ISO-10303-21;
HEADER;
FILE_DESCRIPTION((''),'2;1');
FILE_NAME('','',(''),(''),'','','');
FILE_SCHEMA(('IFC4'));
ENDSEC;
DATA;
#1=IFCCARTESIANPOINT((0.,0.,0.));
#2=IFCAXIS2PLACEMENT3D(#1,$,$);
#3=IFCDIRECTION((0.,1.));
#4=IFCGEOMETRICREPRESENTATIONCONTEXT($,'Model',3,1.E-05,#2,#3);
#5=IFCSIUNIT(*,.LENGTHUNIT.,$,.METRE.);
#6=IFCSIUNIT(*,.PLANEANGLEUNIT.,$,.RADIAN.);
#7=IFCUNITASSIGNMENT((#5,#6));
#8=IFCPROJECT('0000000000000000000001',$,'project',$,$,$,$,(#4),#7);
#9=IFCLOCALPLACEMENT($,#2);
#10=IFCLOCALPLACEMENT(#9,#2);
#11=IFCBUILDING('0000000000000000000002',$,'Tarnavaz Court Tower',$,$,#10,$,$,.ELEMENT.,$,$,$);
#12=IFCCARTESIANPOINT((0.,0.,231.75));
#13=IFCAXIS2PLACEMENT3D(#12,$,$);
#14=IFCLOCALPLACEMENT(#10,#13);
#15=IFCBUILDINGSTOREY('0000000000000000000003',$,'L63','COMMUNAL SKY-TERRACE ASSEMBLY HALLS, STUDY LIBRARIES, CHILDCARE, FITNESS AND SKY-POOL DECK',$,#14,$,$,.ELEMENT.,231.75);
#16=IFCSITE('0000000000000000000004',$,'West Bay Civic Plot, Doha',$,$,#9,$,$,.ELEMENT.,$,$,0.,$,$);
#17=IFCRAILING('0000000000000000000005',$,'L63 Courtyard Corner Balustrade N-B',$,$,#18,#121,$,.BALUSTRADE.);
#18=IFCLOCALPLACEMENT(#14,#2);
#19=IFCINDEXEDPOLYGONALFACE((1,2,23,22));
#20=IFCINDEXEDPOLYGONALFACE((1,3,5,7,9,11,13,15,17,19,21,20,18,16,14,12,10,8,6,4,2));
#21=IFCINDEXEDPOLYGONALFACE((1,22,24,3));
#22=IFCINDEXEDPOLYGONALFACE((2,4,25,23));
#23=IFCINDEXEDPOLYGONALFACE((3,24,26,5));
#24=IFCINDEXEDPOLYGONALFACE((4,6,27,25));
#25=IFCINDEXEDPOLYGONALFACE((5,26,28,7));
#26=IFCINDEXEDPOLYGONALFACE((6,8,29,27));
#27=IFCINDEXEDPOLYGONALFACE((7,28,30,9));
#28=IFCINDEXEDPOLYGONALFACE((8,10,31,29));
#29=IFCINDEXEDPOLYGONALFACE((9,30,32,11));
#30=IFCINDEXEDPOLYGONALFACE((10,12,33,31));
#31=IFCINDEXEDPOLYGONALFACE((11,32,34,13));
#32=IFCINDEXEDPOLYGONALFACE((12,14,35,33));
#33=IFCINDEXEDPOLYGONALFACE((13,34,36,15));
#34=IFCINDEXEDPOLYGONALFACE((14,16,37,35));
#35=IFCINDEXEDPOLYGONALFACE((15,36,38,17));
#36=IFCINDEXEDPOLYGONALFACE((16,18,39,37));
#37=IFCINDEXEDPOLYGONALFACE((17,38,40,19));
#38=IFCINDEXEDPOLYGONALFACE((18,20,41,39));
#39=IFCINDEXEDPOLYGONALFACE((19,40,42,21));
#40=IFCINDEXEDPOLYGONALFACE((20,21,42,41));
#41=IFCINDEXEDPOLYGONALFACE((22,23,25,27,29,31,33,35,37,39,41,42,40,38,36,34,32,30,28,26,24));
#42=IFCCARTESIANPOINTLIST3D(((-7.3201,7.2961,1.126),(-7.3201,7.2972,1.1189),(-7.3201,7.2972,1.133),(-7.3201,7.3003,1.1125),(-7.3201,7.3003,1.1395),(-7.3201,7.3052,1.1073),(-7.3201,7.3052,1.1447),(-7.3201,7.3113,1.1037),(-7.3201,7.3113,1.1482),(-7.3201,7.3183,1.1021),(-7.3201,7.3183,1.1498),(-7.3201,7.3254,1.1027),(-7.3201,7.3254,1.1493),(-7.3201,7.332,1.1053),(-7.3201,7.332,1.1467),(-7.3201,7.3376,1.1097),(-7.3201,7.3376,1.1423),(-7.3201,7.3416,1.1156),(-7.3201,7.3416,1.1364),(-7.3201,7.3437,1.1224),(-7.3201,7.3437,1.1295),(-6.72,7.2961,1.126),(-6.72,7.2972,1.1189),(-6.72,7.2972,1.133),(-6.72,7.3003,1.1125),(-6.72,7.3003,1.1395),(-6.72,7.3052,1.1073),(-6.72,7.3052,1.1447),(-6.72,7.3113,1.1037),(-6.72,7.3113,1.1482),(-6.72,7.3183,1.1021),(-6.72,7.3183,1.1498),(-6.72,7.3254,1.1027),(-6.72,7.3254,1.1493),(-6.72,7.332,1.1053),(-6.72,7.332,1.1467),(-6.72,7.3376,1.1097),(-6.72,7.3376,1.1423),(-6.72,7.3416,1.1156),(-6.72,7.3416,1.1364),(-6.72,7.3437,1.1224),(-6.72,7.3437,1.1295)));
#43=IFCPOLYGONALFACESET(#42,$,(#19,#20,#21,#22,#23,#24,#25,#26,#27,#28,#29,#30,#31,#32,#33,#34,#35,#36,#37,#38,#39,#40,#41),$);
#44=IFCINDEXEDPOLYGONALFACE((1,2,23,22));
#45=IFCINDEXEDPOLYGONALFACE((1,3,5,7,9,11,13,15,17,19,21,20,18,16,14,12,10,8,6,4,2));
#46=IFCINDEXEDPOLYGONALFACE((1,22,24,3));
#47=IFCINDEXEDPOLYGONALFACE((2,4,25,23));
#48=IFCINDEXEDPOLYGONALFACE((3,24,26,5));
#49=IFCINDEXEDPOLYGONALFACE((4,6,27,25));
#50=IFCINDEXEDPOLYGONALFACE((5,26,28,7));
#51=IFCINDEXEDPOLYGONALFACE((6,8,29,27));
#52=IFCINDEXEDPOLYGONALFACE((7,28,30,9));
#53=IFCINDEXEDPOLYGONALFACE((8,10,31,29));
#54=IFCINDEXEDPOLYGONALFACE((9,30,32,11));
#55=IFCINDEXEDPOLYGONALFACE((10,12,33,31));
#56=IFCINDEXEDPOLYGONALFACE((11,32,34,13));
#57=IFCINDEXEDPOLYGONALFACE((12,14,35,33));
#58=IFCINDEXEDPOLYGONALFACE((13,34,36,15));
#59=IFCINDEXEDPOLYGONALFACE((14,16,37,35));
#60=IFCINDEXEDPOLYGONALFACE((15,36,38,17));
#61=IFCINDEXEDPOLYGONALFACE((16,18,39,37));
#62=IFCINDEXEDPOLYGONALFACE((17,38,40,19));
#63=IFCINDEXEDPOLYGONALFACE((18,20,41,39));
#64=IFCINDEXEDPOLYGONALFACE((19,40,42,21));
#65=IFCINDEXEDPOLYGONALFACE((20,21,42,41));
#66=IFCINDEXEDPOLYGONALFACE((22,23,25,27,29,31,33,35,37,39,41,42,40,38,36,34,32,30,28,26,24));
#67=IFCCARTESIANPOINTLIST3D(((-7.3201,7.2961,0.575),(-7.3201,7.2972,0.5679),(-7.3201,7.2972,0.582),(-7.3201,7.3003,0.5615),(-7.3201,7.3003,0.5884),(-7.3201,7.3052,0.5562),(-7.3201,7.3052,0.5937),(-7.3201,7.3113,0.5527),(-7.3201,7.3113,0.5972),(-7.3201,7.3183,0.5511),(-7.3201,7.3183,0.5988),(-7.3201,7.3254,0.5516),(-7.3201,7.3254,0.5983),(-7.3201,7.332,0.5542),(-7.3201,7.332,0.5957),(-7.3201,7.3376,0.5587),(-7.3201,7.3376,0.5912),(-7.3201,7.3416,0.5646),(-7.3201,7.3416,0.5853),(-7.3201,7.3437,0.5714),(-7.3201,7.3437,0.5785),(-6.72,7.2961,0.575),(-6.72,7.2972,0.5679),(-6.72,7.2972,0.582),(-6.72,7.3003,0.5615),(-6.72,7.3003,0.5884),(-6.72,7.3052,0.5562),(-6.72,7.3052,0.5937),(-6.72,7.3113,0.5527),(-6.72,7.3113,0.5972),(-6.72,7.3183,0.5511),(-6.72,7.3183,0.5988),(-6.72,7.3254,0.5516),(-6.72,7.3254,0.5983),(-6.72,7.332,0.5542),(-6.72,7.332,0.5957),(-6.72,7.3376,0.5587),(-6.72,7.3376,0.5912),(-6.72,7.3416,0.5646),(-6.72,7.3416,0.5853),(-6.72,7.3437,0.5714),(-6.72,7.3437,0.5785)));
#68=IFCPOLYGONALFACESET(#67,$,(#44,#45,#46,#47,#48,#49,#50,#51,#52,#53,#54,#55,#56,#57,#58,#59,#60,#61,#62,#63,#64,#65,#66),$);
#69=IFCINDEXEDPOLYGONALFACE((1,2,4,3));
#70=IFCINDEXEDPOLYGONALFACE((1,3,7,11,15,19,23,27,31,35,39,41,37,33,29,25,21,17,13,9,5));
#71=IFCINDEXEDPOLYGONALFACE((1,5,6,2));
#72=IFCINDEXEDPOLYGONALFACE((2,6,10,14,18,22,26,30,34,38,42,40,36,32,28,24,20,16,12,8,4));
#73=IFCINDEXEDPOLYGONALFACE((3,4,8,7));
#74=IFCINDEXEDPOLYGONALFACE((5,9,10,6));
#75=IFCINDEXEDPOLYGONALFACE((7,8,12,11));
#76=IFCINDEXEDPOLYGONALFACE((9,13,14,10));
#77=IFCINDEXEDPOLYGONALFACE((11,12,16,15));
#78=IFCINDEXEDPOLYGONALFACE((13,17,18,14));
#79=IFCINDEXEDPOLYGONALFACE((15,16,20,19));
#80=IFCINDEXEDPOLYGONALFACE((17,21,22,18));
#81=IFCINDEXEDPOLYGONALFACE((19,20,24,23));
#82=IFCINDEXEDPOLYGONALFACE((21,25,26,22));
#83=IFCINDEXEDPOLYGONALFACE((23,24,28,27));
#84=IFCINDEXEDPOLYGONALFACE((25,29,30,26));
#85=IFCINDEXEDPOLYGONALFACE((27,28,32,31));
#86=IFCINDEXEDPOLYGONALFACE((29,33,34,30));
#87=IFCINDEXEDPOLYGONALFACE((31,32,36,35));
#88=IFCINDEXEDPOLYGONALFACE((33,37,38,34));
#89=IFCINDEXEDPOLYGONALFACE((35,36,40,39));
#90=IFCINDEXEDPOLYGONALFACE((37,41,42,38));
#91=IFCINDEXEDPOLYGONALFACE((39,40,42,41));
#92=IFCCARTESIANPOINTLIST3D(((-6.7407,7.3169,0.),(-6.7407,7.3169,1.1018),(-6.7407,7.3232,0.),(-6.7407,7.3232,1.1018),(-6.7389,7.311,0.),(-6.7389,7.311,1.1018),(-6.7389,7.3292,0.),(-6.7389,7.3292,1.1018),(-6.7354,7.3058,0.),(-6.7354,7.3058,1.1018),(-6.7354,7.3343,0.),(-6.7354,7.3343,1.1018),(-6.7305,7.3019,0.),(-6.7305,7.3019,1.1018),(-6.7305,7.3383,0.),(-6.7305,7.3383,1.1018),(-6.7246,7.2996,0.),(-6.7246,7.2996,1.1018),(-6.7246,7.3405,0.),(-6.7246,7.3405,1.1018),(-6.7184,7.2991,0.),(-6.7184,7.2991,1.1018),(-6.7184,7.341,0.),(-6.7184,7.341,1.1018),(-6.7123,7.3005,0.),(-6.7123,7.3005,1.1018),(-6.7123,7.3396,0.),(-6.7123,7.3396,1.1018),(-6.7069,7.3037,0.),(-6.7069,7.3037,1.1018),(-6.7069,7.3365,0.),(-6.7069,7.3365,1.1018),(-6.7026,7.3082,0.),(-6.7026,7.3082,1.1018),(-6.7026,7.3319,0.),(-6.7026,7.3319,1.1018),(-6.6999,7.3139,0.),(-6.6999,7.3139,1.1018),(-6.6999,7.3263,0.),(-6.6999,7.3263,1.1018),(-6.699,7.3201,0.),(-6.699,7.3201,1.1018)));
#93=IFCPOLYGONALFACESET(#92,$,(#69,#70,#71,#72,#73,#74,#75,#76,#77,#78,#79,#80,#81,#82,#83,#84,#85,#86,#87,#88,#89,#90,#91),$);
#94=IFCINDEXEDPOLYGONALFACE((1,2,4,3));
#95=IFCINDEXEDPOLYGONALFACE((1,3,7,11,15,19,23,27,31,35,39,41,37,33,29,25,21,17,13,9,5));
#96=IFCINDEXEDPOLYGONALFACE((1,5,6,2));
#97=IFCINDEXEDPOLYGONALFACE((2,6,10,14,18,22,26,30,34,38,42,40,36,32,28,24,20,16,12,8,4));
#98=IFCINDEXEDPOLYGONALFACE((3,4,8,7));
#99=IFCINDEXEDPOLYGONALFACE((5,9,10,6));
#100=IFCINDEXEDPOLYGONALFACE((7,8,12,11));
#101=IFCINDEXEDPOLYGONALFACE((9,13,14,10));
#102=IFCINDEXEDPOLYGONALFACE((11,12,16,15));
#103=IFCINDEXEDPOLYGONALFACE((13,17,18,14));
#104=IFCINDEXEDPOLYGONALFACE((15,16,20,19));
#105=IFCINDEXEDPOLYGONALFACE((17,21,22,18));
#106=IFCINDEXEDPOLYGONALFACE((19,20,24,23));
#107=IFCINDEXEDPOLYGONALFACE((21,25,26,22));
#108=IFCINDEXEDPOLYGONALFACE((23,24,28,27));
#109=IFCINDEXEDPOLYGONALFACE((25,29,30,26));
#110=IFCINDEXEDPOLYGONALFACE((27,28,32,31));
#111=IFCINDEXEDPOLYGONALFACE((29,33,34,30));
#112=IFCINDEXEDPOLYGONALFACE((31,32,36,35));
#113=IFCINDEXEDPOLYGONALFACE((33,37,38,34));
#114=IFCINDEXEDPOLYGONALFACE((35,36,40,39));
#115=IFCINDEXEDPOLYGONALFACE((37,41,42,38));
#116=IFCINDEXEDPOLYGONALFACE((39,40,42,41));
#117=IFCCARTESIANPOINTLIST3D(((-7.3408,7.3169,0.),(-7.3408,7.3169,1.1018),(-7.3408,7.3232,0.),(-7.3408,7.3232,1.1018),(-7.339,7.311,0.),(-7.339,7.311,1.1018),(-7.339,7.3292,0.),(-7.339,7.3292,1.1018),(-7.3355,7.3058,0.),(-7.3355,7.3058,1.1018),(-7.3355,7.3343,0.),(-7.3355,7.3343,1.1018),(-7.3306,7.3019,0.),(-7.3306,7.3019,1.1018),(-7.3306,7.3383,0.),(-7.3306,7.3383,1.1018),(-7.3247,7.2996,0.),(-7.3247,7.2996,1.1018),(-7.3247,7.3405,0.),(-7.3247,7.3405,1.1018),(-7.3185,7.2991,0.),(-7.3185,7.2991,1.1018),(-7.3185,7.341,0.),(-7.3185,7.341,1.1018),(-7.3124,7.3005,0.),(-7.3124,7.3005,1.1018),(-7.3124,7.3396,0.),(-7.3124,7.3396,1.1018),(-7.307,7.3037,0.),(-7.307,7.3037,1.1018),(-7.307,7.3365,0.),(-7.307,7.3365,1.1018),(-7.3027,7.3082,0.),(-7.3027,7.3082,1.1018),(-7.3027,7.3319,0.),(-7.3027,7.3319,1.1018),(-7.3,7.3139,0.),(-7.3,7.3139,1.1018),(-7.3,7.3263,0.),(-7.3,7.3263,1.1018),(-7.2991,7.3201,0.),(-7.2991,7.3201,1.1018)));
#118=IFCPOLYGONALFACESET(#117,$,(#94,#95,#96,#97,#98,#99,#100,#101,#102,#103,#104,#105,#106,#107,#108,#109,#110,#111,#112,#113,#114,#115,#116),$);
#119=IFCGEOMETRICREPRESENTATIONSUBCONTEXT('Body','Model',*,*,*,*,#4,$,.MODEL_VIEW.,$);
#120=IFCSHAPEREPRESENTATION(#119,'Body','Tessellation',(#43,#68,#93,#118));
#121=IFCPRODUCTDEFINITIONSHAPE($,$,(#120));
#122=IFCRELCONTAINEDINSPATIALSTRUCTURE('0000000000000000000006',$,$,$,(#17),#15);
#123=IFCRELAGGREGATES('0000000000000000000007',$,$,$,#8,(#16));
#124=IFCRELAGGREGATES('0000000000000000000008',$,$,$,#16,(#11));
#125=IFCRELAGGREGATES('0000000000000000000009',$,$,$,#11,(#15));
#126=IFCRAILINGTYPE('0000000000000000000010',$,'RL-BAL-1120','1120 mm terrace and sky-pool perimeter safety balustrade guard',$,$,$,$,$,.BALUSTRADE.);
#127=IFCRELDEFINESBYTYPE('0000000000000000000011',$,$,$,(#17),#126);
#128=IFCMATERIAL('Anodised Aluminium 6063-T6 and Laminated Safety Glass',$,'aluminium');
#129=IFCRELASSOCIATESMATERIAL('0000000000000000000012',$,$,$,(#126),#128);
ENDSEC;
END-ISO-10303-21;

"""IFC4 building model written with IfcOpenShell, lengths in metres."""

from ifc_helpers import new_model, si_unit, direction, frame, origin, origin_2d, place, context, subcontext, project, spatial, circle, extrude, material, type_object, element, save


model = new_model("IFC4")

# Units and contexts
model_context = context("Model", 3, precision=1e-05, world=origin(), true_north=direction((0.0, 1.0)))
body_context = subcontext(model_context, "Body", "Model", "MODEL_VIEW")
ifc_project = project(units=[si_unit("LENGTHUNIT", "METRE"), si_unit("PLANEANGLEUNIT", "RADIAN")], contexts=[model_context])

# Site, building, storey
site_placement = place(None, origin())
site = spatial("IfcSite", under=ifc_project, at=site_placement, Name="West Bay Civic Plot, Doha", CompositionType="ELEMENT", RefElevation=0.0)
building_placement = place(site_placement, origin())
building = spatial("IfcBuilding", under=site, at=building_placement, Name="Tarnavaz Court Tower", CompositionType="ELEMENT")
storey_placement = place(building_placement, frame((0.0, 0.0, 231.75)))
storey = spatial("IfcBuildingStorey", under=building, at=storey_placement, Name="L63", Description="COMMUNAL SKY-TERRACE ASSEMBLY HALLS, STUDY LIBRARIES, CHILDCARE, FITNESS AND SKY-POOL DECK", CompositionType="ELEMENT", Elevation=231.75)

# Railing
ifc_material_1 = material(Name="Anodised Aluminium 6063-T6 and Laminated Safety Glass", Category="aluminium")
railing_type_1 = type_object("IfcRailingType", Name="RL-BAL-1120", Description="1120 mm terrace and sky-pool perimeter safety balustrade guard", PredefinedType="BALUSTRADE", material=ifc_material_1)
railing_1_placement = place(storey_placement, frame((-6.72, 7.3201, 0.0)))
element("IfcRailing", 1, at=railing_1_placement, inside=storey, type_object=railing_type_1, Name="L63 Courtyard Corner Balustrade N-B", PredefinedType="BALUSTRADE", context=body_context, shape_type="SweptSolid", body=[
    extrude(circle(Radius=0.0239, at=origin_2d()), frame((0.0, 0.0, 1.126), z_axis=(-1.0, 0.0, 0.0), x_axis=(0.0, -1.0, 0.0)), (0.0, 0.0, 1.0), 0.6001),
    extrude(circle(Radius=0.0239, at=origin_2d()), frame((0.0, 0.0, 0.575), z_axis=(-1.0, 0.0, 0.0), x_axis=(0.0, -1.0, 0.0)), (0.0, 0.0, 1.0), 0.6001),
    extrude(circle(Radius=0.021, at=origin_2d()), origin(), (0.0, 0.0, 1.0), 1.1018),
    extrude(circle(Radius=0.021, at=origin_2d()), frame((-0.6001, 0.0, 0.0)), (0.0, 0.0, 1.0), 1.1018),
])

save(model, "model.ifc")
